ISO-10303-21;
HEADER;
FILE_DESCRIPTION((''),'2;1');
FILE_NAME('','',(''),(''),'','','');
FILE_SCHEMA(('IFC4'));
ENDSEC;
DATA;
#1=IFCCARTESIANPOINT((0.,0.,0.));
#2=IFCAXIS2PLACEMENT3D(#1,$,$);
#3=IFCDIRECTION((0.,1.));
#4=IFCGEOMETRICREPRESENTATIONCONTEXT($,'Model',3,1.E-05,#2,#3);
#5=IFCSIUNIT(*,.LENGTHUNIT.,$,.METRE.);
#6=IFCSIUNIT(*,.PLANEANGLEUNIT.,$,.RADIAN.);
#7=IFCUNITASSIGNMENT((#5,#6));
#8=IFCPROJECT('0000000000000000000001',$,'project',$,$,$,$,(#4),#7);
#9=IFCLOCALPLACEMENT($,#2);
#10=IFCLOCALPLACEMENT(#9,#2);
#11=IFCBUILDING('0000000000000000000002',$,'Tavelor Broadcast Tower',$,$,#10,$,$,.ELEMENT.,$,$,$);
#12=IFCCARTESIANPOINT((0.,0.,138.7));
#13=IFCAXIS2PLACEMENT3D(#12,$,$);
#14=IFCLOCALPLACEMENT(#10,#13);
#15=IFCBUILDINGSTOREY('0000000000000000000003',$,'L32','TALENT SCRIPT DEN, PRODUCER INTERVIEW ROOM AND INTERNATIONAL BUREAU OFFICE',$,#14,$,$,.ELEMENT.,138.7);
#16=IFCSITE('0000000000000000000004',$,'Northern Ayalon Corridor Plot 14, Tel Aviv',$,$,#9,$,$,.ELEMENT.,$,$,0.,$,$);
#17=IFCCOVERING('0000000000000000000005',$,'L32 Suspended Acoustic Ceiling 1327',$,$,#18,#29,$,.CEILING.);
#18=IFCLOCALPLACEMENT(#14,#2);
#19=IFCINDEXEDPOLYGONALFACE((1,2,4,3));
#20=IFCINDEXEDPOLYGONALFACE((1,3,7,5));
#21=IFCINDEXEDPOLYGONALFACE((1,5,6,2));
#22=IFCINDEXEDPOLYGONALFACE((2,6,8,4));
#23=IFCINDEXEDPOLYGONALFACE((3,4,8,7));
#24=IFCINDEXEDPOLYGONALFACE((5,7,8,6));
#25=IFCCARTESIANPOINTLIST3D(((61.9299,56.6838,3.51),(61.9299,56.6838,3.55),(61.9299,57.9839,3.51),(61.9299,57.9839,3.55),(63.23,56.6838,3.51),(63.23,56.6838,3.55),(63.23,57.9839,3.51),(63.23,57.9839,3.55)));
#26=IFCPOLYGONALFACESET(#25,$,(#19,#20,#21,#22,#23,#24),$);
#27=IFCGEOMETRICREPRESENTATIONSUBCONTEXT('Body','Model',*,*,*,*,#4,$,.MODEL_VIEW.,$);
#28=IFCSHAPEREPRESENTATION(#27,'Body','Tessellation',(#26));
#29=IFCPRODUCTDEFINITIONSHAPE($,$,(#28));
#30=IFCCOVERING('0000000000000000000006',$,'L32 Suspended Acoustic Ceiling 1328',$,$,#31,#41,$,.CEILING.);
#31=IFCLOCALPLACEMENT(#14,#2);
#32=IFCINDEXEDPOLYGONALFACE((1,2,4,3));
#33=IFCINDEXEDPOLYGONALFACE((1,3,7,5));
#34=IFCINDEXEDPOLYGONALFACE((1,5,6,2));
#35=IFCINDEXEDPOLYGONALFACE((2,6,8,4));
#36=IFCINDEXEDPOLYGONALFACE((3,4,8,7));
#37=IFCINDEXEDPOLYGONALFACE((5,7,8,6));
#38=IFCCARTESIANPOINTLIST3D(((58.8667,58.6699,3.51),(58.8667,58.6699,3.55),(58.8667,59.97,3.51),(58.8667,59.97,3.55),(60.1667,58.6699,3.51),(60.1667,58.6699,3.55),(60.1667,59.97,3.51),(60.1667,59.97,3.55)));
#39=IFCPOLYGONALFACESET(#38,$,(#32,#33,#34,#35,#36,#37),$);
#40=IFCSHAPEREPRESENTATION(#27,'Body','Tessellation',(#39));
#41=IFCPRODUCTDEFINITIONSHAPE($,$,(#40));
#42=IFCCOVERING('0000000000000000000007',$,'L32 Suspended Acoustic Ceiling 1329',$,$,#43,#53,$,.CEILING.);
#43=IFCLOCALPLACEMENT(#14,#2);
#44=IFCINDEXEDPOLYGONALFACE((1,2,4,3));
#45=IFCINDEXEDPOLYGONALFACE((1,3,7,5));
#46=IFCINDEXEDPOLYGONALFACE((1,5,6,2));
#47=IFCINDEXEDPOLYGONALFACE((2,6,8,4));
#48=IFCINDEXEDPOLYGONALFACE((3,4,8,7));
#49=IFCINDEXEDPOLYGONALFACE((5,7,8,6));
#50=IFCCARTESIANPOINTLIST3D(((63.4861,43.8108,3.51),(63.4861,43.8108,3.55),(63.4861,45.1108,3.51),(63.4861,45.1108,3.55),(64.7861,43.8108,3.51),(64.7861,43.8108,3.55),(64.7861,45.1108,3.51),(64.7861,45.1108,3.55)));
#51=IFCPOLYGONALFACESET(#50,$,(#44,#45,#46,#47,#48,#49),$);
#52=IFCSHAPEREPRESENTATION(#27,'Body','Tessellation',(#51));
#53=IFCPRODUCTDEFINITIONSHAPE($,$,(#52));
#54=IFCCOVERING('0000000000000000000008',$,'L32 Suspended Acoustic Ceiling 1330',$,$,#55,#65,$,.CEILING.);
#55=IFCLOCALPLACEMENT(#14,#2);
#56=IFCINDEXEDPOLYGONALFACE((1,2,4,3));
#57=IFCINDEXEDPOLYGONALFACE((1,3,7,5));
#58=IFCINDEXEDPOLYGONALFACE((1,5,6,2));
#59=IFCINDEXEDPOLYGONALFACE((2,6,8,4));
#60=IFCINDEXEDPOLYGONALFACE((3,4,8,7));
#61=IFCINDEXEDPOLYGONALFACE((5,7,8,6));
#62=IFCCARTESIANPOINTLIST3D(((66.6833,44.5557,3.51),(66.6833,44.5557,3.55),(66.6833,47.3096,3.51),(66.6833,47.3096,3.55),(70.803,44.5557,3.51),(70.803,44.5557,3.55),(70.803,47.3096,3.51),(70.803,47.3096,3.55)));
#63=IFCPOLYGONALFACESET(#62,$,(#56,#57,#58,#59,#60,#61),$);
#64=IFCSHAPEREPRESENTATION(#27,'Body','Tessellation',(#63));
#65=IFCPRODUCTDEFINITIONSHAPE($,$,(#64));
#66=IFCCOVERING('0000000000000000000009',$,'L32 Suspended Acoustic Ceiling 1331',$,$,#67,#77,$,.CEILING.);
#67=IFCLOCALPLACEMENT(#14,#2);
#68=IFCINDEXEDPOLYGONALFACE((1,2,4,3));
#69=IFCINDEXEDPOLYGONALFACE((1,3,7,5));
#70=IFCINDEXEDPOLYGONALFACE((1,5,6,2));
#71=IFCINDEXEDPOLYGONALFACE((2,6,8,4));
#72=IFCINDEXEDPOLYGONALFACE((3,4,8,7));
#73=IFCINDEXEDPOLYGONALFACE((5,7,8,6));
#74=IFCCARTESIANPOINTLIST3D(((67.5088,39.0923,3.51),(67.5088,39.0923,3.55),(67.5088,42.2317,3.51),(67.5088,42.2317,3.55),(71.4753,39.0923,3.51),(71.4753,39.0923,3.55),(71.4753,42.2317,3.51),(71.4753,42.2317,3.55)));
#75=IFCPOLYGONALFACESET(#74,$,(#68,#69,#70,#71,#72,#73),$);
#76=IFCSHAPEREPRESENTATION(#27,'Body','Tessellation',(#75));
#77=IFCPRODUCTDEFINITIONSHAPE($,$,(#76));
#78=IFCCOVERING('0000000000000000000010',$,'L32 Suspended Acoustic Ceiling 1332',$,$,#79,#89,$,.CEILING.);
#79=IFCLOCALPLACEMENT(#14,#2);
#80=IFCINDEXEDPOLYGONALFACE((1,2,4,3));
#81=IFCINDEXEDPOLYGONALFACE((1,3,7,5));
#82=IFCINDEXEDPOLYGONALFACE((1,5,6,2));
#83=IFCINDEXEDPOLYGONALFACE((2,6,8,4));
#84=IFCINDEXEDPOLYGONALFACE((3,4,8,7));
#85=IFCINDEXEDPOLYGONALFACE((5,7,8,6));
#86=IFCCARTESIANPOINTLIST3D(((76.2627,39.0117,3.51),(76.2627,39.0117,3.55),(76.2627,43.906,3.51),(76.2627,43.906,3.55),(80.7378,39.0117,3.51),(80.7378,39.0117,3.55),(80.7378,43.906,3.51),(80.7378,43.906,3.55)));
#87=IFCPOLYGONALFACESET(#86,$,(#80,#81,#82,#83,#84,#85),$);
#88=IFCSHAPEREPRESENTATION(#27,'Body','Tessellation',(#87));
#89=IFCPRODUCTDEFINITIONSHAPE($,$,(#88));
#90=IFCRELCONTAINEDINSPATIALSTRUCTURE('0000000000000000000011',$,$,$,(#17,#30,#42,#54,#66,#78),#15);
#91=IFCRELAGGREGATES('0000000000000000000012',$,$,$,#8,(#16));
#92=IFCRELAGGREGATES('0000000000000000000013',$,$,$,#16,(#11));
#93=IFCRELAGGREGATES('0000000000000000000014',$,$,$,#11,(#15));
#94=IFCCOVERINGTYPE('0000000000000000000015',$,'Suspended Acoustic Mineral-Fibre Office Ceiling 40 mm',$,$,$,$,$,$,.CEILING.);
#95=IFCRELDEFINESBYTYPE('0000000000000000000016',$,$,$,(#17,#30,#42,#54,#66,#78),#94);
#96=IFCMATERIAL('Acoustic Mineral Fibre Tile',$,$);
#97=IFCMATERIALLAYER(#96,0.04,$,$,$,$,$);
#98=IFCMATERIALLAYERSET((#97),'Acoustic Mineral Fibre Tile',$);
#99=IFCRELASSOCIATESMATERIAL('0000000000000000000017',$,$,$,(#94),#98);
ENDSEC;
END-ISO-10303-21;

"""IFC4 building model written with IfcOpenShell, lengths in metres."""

from ifc_helpers import new_model, si_unit, direction, frame, origin, place, context, subcontext, project, spatial, polyline, outline, extrude, material, layer, layer_set, type_object, element, save


model = new_model("IFC4")

# Units and contexts
model_context = context("Model", 3, precision=1e-05, world=origin(), true_north=direction((0.0, 1.0)))
body_context = subcontext(model_context, "Body", "Model", "MODEL_VIEW")
ifc_project = project(units=[si_unit("LENGTHUNIT", "METRE"), si_unit("PLANEANGLEUNIT", "RADIAN")], contexts=[model_context])

# Site, building, storey
site_placement = place(None, origin())
site = spatial("IfcSite", under=ifc_project, at=site_placement, Name="Northern Ayalon Corridor Plot 14, Tel Aviv", CompositionType="ELEMENT", RefElevation=0.0)
building_placement = place(site_placement, origin())
building = spatial("IfcBuilding", under=site, at=building_placement, Name="Tavelor Broadcast Tower", CompositionType="ELEMENT")
storey_placement = place(building_placement, frame((0.0, 0.0, 138.7)))
storey = spatial("IfcBuildingStorey", under=building, at=storey_placement, Name="L32", Description="TALENT SCRIPT DEN, PRODUCER INTERVIEW ROOM AND INTERNATIONAL BUREAU OFFICE", CompositionType="ELEMENT", Elevation=138.7)

# Coverings
ifc_material_1 = material(Name="Acoustic Mineral Fibre Tile")
ifc_layer_1 = layer(ifc_material_1, 0.04)
ifc_layer_set_1 = layer_set([ifc_layer_1], Name="Acoustic Mineral Fibre Tile")
covering_type_1 = type_object("IfcCoveringType", Name="Suspended Acoustic Mineral-Fibre Office Ceiling 40 mm", PredefinedType="CEILING", material=ifc_layer_set_1)
covering_1_placement = place(storey_placement, frame((0.0, 0.0, 3.51)))
element("IfcCovering", 1, at=covering_1_placement, inside=storey, type_object=covering_type_1, Name="L32 Suspended Acoustic Ceiling 1327", PredefinedType="CEILING", context=body_context, shape_type="SweptSolid", body=[
    extrude(outline(polyline([(61.9299, 56.6838), (63.23, 56.6838), (63.23, 57.9839), (61.9299, 57.9839), (61.9299, 56.6838)])), origin(), (0.0, 0.0, 1.0), 0.04),
])
covering_2_placement = place(storey_placement, frame((0.0, 0.0, 3.51)))
element("IfcCovering", 2, at=covering_2_placement, inside=storey, type_object=covering_type_1, Name="L32 Suspended Acoustic Ceiling 1328", PredefinedType="CEILING", context=body_context, shape_type="SweptSolid", body=[
    extrude(outline(polyline([(58.8667, 58.6699), (60.1667, 58.6699), (60.1667, 59.97), (58.8667, 59.97), (58.8667, 58.6699)])), origin(), (0.0, 0.0, 1.0), 0.04),
])
covering_3_placement = place(storey_placement, frame((0.0, 0.0, 3.51)))
element("IfcCovering", 3, at=covering_3_placement, inside=storey, type_object=covering_type_1, Name="L32 Suspended Acoustic Ceiling 1329", PredefinedType="CEILING", context=body_context, shape_type="SweptSolid", body=[
    extrude(outline(polyline([(63.4861, 43.8108), (64.7861, 43.8108), (64.7861, 45.1108), (63.4861, 45.1108), (63.4861, 43.8108)])), origin(), (0.0, 0.0, 1.0), 0.04),
])
covering_4_placement = place(storey_placement, frame((0.0, 0.0, 3.51)))
element("IfcCovering", 4, at=covering_4_placement, inside=storey, type_object=covering_type_1, Name="L32 Suspended Acoustic Ceiling 1330", PredefinedType="CEILING", context=body_context, shape_type="SweptSolid", body=[
    extrude(outline(polyline([(66.6833, 44.5557), (70.803, 44.5557), (70.803, 47.3096), (66.6833, 47.3096), (66.6833, 44.5557)])), origin(), (0.0, 0.0, 1.0), 0.04),
])
covering_5_placement = place(storey_placement, frame((0.0, 0.0, 3.51)))
element("IfcCovering", 5, at=covering_5_placement, inside=storey, type_object=covering_type_1, Name="L32 Suspended Acoustic Ceiling 1331", PredefinedType="CEILING", context=body_context, shape_type="SweptSolid", body=[
    extrude(outline(polyline([(67.5088, 39.0923), (71.4753, 39.0923), (71.4753, 42.2317), (67.5088, 42.2317), (67.5088, 39.0923)])), origin(), (0.0, 0.0, 1.0), 0.04),
])
covering_6_placement = place(storey_placement, frame((0.0, 0.0, 3.51)))
element("IfcCovering", 6, at=covering_6_placement, inside=storey, type_object=covering_type_1, Name="L32 Suspended Acoustic Ceiling 1332", PredefinedType="CEILING", context=body_context, shape_type="SweptSolid", body=[
    extrude(outline(polyline([(76.2627, 39.0117), (80.7378, 39.0117), (80.7378, 43.906), (76.2627, 43.906), (76.2627, 39.0117)])), origin(), (0.0, 0.0, 1.0), 0.04),
])

save(model, "model.ifc")
